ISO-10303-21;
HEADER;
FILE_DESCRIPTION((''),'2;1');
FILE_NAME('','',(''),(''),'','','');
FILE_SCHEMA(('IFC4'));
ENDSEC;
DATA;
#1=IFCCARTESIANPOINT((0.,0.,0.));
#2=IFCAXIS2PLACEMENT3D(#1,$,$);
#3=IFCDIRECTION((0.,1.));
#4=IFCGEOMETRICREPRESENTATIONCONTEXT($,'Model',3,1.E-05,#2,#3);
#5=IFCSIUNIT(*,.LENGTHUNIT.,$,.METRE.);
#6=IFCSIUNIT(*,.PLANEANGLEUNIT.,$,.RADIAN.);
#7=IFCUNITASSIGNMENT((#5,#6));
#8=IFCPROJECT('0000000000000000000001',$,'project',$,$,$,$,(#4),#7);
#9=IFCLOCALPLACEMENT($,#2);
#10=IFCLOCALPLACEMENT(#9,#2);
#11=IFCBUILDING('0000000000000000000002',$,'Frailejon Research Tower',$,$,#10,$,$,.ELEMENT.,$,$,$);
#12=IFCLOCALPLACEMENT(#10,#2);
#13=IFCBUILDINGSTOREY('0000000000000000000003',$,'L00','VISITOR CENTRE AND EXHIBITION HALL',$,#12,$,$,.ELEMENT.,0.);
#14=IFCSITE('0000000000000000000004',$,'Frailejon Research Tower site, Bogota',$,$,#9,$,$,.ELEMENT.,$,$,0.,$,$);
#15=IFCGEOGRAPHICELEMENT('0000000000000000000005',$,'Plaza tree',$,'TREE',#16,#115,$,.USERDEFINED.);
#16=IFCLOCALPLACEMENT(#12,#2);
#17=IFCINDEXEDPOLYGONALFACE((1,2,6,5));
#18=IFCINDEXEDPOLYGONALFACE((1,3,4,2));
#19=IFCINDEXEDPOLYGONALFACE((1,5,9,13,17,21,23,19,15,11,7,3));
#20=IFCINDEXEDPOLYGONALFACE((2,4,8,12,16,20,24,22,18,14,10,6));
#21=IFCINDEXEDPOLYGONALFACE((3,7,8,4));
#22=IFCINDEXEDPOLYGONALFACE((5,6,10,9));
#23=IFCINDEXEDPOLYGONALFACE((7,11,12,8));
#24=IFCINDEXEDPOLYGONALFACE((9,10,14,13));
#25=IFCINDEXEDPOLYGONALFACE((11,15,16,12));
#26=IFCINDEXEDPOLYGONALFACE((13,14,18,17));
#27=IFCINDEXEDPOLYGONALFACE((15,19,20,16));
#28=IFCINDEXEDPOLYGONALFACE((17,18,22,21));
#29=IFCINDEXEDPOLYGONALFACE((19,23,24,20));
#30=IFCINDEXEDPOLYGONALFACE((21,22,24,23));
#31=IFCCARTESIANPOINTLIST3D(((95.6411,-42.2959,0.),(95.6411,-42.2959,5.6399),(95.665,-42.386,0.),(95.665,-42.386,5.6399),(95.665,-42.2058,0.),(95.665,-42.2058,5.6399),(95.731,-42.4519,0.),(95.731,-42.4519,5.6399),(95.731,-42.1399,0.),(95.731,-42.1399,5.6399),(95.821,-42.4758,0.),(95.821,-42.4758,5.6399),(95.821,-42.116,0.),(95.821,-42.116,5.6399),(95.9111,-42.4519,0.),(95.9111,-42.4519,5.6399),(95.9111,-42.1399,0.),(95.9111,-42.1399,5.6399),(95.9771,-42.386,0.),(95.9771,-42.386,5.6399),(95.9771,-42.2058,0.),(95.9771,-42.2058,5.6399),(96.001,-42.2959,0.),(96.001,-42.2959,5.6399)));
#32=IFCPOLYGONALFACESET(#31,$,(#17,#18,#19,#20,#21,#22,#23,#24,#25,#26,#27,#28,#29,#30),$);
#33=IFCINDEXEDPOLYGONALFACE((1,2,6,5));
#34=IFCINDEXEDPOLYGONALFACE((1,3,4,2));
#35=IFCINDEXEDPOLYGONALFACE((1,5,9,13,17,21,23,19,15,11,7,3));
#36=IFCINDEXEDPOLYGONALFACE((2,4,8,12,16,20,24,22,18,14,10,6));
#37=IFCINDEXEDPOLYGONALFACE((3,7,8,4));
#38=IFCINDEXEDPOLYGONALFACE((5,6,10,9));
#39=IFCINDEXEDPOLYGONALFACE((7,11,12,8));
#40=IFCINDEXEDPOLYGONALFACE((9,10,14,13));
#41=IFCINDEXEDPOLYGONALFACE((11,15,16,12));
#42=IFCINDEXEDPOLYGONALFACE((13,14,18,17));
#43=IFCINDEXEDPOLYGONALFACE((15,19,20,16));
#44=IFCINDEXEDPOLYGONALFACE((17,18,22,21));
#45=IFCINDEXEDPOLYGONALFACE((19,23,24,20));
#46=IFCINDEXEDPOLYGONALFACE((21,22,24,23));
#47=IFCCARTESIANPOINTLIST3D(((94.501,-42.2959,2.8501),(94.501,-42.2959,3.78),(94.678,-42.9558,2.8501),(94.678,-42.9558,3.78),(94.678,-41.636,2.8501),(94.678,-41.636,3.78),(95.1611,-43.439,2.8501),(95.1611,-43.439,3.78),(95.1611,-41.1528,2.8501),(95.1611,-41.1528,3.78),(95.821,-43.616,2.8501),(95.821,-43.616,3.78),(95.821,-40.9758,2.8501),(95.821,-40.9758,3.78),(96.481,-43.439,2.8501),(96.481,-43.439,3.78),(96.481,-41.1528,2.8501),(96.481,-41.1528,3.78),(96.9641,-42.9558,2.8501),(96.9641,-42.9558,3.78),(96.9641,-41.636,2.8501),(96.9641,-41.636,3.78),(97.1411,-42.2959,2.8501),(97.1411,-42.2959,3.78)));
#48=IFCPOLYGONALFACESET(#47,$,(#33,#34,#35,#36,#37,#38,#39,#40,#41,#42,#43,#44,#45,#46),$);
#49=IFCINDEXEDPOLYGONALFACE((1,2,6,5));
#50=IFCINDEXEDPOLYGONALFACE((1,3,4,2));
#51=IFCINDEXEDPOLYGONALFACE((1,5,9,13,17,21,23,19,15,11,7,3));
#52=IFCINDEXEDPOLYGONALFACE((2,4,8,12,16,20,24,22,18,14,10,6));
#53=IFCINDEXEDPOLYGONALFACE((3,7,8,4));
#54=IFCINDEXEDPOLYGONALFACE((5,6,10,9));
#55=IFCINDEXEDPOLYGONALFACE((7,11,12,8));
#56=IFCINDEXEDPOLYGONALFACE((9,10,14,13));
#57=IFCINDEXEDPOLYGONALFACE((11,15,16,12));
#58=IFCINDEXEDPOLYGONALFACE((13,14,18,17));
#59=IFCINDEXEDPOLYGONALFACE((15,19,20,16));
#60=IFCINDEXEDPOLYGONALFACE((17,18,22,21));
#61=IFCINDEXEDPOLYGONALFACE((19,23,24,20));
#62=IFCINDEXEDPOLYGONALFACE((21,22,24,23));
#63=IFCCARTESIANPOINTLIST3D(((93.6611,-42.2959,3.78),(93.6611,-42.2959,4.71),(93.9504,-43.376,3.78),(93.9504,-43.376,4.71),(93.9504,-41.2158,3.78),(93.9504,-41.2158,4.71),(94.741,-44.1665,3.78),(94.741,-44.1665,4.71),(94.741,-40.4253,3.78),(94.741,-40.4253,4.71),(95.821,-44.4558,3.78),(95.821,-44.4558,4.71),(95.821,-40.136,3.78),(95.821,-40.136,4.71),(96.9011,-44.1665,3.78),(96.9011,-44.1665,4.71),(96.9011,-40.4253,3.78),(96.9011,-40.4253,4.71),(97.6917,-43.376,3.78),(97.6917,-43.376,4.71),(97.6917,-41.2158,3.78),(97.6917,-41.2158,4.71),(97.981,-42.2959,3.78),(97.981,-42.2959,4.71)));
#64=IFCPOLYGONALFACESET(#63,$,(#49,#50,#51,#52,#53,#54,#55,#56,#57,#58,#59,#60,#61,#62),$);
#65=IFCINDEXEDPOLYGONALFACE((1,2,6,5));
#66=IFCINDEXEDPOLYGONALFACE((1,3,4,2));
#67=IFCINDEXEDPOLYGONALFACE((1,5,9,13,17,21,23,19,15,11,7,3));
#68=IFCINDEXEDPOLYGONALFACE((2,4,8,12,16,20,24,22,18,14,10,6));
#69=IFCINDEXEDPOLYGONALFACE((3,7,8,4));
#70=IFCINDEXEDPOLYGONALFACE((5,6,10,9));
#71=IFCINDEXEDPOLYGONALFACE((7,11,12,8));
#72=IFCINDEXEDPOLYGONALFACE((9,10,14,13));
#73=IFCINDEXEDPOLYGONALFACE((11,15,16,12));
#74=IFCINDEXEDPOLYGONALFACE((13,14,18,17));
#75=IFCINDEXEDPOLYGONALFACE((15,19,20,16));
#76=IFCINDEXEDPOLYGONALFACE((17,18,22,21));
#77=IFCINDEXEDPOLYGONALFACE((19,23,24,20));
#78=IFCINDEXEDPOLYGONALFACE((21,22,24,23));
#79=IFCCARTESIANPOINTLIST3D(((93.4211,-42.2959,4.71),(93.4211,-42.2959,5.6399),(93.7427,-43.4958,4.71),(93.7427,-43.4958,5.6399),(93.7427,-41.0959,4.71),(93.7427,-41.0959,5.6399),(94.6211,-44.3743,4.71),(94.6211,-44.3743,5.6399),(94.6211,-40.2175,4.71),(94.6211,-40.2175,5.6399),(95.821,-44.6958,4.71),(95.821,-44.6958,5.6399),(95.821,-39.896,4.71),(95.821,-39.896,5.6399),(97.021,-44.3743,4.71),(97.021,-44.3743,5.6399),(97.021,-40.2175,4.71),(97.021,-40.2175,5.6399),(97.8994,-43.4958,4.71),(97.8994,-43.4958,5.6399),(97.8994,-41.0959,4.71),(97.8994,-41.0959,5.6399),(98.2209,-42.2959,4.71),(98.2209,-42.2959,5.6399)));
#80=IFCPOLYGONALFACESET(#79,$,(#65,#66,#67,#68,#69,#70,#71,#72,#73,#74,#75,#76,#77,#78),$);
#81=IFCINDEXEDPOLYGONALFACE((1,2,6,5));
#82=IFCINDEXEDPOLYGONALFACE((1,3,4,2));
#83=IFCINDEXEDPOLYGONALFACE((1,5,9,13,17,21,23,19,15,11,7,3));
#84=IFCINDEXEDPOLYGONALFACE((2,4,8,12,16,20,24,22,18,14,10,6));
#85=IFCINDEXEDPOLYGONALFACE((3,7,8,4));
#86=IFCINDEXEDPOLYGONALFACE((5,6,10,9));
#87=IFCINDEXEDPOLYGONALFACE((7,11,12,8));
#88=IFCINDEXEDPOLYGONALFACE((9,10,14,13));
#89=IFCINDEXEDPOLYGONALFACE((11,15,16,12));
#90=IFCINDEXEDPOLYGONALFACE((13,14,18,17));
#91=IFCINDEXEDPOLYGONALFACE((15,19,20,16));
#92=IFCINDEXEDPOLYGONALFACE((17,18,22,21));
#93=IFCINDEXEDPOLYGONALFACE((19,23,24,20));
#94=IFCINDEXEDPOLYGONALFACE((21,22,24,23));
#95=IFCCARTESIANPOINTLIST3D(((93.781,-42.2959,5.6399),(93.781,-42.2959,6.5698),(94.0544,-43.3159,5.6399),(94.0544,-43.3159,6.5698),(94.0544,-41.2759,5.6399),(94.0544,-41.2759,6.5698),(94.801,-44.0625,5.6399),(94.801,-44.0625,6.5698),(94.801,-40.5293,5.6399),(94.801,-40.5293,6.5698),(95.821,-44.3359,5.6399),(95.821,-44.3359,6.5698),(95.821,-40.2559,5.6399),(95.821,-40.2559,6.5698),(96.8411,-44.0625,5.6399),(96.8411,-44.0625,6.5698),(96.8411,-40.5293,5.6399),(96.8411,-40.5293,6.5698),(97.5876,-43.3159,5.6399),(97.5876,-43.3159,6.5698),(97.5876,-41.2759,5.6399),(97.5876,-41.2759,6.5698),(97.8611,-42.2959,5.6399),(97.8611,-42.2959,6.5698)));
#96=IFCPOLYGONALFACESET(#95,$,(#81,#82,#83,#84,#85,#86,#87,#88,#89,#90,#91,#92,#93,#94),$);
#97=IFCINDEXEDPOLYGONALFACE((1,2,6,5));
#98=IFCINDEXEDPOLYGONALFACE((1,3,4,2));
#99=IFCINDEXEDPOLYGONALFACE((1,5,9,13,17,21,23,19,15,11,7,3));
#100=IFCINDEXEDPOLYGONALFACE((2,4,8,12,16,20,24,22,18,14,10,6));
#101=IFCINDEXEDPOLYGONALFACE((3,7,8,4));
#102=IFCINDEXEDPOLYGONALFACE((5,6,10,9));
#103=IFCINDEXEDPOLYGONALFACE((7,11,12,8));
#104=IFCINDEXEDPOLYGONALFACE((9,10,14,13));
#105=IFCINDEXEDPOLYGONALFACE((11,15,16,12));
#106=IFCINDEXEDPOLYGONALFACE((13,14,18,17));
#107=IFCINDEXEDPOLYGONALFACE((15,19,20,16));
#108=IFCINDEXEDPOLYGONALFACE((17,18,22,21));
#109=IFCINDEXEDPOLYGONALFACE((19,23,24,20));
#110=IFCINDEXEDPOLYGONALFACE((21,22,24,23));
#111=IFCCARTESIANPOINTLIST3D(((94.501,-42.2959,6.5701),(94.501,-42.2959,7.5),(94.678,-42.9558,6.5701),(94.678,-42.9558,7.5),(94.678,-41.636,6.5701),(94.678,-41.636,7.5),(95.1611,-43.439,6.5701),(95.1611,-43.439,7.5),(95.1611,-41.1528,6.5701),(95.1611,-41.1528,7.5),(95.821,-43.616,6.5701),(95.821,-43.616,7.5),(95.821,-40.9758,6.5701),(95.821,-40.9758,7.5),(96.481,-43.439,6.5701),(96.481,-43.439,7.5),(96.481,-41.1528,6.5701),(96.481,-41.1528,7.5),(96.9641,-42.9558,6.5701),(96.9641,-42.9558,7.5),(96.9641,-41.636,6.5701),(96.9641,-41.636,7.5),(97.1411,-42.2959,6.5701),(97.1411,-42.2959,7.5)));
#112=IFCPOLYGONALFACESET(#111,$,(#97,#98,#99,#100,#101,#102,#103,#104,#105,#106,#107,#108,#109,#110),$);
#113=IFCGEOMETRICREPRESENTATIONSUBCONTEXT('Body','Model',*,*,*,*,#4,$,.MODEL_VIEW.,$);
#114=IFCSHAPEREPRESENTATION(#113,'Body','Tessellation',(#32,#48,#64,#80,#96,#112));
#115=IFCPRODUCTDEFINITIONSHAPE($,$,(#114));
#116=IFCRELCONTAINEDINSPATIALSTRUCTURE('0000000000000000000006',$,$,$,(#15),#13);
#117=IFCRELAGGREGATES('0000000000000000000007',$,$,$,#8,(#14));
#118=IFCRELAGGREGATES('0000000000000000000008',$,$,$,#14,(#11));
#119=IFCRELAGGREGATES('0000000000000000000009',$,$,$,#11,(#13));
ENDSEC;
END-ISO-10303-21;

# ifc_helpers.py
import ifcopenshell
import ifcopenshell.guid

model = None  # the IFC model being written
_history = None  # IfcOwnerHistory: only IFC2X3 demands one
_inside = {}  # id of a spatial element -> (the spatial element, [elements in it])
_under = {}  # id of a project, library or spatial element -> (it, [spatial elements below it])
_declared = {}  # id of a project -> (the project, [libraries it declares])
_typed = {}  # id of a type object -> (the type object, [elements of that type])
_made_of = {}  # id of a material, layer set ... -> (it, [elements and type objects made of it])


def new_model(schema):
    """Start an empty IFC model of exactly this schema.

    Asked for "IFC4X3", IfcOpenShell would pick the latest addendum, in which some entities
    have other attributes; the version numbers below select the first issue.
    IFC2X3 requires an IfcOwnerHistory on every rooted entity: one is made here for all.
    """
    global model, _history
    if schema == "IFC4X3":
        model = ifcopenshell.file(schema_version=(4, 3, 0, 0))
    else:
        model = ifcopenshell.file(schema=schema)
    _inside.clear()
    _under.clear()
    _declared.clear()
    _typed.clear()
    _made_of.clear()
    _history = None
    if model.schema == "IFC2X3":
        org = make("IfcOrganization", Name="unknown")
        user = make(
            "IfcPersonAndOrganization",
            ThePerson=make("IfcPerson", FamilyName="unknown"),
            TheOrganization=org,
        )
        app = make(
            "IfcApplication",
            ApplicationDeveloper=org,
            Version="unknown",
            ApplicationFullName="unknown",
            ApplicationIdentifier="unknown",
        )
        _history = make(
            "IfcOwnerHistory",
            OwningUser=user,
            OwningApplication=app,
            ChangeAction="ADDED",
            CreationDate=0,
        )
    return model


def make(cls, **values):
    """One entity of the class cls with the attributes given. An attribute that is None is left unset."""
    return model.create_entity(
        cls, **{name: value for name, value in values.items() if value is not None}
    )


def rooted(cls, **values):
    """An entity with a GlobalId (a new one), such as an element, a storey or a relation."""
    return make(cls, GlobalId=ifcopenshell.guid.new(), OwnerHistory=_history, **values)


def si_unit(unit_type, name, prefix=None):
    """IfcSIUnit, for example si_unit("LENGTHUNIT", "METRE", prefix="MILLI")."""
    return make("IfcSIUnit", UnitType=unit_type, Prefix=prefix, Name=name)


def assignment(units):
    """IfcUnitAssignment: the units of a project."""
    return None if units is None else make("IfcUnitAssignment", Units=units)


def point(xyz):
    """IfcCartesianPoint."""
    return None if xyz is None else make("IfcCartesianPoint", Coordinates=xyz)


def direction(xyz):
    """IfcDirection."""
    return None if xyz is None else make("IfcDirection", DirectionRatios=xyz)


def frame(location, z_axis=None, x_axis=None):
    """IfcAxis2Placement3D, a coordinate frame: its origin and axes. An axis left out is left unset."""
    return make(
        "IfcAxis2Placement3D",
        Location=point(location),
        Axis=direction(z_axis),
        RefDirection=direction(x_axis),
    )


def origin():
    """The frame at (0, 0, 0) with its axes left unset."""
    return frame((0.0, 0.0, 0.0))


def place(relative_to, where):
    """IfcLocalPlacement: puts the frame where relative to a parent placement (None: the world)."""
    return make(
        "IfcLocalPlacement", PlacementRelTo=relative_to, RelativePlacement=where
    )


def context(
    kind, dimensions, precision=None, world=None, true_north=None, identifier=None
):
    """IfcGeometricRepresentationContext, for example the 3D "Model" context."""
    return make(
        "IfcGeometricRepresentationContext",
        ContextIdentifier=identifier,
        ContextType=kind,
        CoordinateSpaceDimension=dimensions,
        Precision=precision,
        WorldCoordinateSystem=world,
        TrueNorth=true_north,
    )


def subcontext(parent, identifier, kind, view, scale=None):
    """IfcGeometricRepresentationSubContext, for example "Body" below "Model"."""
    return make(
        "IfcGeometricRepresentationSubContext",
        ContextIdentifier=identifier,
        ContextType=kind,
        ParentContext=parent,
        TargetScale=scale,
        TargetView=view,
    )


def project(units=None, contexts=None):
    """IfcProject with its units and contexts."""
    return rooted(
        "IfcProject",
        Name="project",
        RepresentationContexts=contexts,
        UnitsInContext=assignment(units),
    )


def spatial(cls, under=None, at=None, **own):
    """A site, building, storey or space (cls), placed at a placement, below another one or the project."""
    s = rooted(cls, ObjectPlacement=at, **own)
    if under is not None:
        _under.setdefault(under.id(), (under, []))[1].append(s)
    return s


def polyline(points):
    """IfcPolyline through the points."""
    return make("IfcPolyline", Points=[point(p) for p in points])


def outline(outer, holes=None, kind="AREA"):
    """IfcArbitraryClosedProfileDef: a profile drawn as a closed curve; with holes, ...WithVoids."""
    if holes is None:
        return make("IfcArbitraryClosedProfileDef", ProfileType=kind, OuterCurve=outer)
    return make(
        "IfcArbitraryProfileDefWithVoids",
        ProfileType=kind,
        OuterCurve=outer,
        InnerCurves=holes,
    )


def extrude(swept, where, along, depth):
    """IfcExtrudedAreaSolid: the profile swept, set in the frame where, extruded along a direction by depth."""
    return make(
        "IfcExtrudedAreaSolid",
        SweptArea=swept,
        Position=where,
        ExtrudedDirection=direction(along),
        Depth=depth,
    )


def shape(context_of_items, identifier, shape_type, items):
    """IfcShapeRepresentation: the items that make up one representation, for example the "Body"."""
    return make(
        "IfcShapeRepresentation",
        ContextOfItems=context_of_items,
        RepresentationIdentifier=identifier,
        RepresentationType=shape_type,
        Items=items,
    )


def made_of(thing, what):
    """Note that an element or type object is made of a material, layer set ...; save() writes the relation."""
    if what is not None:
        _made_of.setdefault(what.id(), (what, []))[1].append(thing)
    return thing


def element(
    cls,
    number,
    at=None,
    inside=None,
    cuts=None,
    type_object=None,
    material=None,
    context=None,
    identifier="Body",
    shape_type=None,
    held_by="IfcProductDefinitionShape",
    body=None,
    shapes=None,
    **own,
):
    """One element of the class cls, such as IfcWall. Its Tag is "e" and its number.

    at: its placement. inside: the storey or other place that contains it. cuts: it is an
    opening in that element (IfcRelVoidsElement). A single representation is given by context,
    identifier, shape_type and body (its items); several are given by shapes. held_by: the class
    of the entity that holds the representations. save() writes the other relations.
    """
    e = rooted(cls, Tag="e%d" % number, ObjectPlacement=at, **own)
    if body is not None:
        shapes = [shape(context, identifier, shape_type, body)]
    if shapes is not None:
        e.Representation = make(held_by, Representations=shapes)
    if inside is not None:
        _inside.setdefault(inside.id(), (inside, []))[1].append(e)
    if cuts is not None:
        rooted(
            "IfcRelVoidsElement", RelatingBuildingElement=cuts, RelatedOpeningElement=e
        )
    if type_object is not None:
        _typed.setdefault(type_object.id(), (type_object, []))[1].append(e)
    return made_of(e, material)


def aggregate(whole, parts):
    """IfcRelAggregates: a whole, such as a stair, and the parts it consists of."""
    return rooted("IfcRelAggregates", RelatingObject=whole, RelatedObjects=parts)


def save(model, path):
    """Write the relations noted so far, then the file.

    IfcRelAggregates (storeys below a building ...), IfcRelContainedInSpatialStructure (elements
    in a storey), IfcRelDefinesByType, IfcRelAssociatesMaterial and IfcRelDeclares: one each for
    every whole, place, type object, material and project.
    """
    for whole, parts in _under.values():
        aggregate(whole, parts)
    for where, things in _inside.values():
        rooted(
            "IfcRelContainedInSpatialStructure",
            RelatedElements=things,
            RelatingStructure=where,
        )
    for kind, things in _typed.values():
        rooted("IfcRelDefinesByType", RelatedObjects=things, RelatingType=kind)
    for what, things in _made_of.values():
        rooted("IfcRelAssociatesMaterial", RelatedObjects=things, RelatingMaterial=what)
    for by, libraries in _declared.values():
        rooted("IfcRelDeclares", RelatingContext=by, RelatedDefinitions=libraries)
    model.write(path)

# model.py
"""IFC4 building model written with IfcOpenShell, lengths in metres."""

from ifc_helpers import new_model, si_unit, direction, frame, origin, place, context, subcontext, project, spatial, polyline, outline, extrude, element, save


model = new_model("IFC4")

# Units and contexts
model_context = context("Model", 3, precision=1e-05, world=origin(), true_north=direction((0.0, 1.0)))
body_context = subcontext(model_context, "Body", "Model", "MODEL_VIEW")
ifc_project = project(units=[si_unit("LENGTHUNIT", "METRE"), si_unit("PLANEANGLEUNIT", "RADIAN")], contexts=[model_context])

# Site, building, storey
site_placement = place(None, origin())
site = spatial("IfcSite", under=ifc_project, at=site_placement, Name="Frailejon Research Tower site, Bogota", CompositionType="ELEMENT", RefElevation=0.0)
building_placement = place(site_placement, origin())
building = spatial("IfcBuilding", under=site, at=building_placement, Name="Frailejon Research Tower", CompositionType="ELEMENT")
storey_placement = place(building_placement, origin())
storey = spatial("IfcBuildingStorey", under=building, at=storey_placement, Name="L00", Description="VISITOR CENTRE AND EXHIBITION HALL", CompositionType="ELEMENT", Elevation=0.0)

# Geographic element
geographic_element_1_placement = place(storey_placement, frame((95.821, -42.2959, 0.0)))
element("IfcGeographicElement", 1, at=geographic_element_1_placement, inside=storey, Name="Plaza tree", ObjectType="TREE", PredefinedType="USERDEFINED", context=body_context, shape_type="SweptSolid", body=[
    extrude(outline(polyline([(0.1799, 0.0), (0.156, 0.0901), (0.0901, 0.156), (0.0, 0.1799), (-0.0901, 0.156), (-0.156, 0.0901), (-0.1799, 0.0), (-0.156, -0.0901), (-0.0901, -0.156), (0.0, -0.1799), (0.0901, -0.156), (0.156, -0.0901), (0.1799, 0.0)])), origin(), (0.0, 0.0, 1.0), 5.6399),
    extrude(outline(polyline([(1.3201, 0.0), (1.1431, 0.6599), (0.6599, 1.1431), (0.0, 1.3201), (-0.6599, 1.1431), (-1.1431, 0.6599), (-1.3201, 0.0), (-1.1431, -0.6599), (-0.6599, -1.1431), (0.0, -1.3201), (0.6599, -1.1431), (1.1431, -0.6599), (1.3201, 0.0)])), frame((0.0, 0.0, 2.8501)), (0.0, 0.0, 1.0), 0.9299),
    extrude(outline(polyline([(2.1599, 0.0), (1.8706, 1.0801), (1.0801, 1.8706), (0.0, 2.1599), (-1.0801, 1.8706), (-1.8706, 1.0801), (-2.1599, 0.0), (-1.8706, -1.0801), (-1.0801, -1.8706), (0.0, -2.1599), (1.0801, -1.8706), (1.8706, -1.0801), (2.1599, 0.0)])), frame((0.0, 0.0, 3.78)), (0.0, 0.0, 1.0), 0.9299),
    extrude(outline(polyline([(2.3999, 0.0), (2.0784, 1.2), (1.2, 2.0784), (0.0, 2.3999), (-1.2, 2.0784), (-2.0784, 1.2), (-2.3999, 0.0), (-2.0784, -1.2), (-1.2, -2.0784), (0.0, -2.3999), (1.2, -2.0784), (2.0784, -1.2), (2.3999, 0.0)])), frame((0.0, 0.0, 4.71)), (0.0, 0.0, 1.0), 0.9299),
    extrude(outline(polyline([(2.04, 0.0), (1.7666, 1.02), (1.02, 1.7666), (0.0, 2.04), (-1.02, 1.7666), (-1.7666, 1.02), (-2.04, 0.0), (-1.7666, -1.02), (-1.02, -1.7666), (0.0, -2.04), (1.02, -1.7666), (1.7666, -1.02), (2.04, 0.0)])), frame((0.0, 0.0, 5.6399)), (0.0, 0.0, 1.0), 0.9299),
    extrude(outline(polyline([(1.3201, 0.0), (1.1431, 0.6599), (0.6599, 1.1431), (0.0, 1.3201), (-0.6599, 1.1431), (-1.1431, 0.6599), (-1.3201, 0.0), (-1.1431, -0.6599), (-0.6599, -1.1431), (0.0, -1.3201), (0.6599, -1.1431), (1.1431, -0.6599), (1.3201, 0.0)])), frame((0.0, 0.0, 6.5701)), (0.0, 0.0, 1.0), 0.9299),
])

save(model, "model.ifc")
